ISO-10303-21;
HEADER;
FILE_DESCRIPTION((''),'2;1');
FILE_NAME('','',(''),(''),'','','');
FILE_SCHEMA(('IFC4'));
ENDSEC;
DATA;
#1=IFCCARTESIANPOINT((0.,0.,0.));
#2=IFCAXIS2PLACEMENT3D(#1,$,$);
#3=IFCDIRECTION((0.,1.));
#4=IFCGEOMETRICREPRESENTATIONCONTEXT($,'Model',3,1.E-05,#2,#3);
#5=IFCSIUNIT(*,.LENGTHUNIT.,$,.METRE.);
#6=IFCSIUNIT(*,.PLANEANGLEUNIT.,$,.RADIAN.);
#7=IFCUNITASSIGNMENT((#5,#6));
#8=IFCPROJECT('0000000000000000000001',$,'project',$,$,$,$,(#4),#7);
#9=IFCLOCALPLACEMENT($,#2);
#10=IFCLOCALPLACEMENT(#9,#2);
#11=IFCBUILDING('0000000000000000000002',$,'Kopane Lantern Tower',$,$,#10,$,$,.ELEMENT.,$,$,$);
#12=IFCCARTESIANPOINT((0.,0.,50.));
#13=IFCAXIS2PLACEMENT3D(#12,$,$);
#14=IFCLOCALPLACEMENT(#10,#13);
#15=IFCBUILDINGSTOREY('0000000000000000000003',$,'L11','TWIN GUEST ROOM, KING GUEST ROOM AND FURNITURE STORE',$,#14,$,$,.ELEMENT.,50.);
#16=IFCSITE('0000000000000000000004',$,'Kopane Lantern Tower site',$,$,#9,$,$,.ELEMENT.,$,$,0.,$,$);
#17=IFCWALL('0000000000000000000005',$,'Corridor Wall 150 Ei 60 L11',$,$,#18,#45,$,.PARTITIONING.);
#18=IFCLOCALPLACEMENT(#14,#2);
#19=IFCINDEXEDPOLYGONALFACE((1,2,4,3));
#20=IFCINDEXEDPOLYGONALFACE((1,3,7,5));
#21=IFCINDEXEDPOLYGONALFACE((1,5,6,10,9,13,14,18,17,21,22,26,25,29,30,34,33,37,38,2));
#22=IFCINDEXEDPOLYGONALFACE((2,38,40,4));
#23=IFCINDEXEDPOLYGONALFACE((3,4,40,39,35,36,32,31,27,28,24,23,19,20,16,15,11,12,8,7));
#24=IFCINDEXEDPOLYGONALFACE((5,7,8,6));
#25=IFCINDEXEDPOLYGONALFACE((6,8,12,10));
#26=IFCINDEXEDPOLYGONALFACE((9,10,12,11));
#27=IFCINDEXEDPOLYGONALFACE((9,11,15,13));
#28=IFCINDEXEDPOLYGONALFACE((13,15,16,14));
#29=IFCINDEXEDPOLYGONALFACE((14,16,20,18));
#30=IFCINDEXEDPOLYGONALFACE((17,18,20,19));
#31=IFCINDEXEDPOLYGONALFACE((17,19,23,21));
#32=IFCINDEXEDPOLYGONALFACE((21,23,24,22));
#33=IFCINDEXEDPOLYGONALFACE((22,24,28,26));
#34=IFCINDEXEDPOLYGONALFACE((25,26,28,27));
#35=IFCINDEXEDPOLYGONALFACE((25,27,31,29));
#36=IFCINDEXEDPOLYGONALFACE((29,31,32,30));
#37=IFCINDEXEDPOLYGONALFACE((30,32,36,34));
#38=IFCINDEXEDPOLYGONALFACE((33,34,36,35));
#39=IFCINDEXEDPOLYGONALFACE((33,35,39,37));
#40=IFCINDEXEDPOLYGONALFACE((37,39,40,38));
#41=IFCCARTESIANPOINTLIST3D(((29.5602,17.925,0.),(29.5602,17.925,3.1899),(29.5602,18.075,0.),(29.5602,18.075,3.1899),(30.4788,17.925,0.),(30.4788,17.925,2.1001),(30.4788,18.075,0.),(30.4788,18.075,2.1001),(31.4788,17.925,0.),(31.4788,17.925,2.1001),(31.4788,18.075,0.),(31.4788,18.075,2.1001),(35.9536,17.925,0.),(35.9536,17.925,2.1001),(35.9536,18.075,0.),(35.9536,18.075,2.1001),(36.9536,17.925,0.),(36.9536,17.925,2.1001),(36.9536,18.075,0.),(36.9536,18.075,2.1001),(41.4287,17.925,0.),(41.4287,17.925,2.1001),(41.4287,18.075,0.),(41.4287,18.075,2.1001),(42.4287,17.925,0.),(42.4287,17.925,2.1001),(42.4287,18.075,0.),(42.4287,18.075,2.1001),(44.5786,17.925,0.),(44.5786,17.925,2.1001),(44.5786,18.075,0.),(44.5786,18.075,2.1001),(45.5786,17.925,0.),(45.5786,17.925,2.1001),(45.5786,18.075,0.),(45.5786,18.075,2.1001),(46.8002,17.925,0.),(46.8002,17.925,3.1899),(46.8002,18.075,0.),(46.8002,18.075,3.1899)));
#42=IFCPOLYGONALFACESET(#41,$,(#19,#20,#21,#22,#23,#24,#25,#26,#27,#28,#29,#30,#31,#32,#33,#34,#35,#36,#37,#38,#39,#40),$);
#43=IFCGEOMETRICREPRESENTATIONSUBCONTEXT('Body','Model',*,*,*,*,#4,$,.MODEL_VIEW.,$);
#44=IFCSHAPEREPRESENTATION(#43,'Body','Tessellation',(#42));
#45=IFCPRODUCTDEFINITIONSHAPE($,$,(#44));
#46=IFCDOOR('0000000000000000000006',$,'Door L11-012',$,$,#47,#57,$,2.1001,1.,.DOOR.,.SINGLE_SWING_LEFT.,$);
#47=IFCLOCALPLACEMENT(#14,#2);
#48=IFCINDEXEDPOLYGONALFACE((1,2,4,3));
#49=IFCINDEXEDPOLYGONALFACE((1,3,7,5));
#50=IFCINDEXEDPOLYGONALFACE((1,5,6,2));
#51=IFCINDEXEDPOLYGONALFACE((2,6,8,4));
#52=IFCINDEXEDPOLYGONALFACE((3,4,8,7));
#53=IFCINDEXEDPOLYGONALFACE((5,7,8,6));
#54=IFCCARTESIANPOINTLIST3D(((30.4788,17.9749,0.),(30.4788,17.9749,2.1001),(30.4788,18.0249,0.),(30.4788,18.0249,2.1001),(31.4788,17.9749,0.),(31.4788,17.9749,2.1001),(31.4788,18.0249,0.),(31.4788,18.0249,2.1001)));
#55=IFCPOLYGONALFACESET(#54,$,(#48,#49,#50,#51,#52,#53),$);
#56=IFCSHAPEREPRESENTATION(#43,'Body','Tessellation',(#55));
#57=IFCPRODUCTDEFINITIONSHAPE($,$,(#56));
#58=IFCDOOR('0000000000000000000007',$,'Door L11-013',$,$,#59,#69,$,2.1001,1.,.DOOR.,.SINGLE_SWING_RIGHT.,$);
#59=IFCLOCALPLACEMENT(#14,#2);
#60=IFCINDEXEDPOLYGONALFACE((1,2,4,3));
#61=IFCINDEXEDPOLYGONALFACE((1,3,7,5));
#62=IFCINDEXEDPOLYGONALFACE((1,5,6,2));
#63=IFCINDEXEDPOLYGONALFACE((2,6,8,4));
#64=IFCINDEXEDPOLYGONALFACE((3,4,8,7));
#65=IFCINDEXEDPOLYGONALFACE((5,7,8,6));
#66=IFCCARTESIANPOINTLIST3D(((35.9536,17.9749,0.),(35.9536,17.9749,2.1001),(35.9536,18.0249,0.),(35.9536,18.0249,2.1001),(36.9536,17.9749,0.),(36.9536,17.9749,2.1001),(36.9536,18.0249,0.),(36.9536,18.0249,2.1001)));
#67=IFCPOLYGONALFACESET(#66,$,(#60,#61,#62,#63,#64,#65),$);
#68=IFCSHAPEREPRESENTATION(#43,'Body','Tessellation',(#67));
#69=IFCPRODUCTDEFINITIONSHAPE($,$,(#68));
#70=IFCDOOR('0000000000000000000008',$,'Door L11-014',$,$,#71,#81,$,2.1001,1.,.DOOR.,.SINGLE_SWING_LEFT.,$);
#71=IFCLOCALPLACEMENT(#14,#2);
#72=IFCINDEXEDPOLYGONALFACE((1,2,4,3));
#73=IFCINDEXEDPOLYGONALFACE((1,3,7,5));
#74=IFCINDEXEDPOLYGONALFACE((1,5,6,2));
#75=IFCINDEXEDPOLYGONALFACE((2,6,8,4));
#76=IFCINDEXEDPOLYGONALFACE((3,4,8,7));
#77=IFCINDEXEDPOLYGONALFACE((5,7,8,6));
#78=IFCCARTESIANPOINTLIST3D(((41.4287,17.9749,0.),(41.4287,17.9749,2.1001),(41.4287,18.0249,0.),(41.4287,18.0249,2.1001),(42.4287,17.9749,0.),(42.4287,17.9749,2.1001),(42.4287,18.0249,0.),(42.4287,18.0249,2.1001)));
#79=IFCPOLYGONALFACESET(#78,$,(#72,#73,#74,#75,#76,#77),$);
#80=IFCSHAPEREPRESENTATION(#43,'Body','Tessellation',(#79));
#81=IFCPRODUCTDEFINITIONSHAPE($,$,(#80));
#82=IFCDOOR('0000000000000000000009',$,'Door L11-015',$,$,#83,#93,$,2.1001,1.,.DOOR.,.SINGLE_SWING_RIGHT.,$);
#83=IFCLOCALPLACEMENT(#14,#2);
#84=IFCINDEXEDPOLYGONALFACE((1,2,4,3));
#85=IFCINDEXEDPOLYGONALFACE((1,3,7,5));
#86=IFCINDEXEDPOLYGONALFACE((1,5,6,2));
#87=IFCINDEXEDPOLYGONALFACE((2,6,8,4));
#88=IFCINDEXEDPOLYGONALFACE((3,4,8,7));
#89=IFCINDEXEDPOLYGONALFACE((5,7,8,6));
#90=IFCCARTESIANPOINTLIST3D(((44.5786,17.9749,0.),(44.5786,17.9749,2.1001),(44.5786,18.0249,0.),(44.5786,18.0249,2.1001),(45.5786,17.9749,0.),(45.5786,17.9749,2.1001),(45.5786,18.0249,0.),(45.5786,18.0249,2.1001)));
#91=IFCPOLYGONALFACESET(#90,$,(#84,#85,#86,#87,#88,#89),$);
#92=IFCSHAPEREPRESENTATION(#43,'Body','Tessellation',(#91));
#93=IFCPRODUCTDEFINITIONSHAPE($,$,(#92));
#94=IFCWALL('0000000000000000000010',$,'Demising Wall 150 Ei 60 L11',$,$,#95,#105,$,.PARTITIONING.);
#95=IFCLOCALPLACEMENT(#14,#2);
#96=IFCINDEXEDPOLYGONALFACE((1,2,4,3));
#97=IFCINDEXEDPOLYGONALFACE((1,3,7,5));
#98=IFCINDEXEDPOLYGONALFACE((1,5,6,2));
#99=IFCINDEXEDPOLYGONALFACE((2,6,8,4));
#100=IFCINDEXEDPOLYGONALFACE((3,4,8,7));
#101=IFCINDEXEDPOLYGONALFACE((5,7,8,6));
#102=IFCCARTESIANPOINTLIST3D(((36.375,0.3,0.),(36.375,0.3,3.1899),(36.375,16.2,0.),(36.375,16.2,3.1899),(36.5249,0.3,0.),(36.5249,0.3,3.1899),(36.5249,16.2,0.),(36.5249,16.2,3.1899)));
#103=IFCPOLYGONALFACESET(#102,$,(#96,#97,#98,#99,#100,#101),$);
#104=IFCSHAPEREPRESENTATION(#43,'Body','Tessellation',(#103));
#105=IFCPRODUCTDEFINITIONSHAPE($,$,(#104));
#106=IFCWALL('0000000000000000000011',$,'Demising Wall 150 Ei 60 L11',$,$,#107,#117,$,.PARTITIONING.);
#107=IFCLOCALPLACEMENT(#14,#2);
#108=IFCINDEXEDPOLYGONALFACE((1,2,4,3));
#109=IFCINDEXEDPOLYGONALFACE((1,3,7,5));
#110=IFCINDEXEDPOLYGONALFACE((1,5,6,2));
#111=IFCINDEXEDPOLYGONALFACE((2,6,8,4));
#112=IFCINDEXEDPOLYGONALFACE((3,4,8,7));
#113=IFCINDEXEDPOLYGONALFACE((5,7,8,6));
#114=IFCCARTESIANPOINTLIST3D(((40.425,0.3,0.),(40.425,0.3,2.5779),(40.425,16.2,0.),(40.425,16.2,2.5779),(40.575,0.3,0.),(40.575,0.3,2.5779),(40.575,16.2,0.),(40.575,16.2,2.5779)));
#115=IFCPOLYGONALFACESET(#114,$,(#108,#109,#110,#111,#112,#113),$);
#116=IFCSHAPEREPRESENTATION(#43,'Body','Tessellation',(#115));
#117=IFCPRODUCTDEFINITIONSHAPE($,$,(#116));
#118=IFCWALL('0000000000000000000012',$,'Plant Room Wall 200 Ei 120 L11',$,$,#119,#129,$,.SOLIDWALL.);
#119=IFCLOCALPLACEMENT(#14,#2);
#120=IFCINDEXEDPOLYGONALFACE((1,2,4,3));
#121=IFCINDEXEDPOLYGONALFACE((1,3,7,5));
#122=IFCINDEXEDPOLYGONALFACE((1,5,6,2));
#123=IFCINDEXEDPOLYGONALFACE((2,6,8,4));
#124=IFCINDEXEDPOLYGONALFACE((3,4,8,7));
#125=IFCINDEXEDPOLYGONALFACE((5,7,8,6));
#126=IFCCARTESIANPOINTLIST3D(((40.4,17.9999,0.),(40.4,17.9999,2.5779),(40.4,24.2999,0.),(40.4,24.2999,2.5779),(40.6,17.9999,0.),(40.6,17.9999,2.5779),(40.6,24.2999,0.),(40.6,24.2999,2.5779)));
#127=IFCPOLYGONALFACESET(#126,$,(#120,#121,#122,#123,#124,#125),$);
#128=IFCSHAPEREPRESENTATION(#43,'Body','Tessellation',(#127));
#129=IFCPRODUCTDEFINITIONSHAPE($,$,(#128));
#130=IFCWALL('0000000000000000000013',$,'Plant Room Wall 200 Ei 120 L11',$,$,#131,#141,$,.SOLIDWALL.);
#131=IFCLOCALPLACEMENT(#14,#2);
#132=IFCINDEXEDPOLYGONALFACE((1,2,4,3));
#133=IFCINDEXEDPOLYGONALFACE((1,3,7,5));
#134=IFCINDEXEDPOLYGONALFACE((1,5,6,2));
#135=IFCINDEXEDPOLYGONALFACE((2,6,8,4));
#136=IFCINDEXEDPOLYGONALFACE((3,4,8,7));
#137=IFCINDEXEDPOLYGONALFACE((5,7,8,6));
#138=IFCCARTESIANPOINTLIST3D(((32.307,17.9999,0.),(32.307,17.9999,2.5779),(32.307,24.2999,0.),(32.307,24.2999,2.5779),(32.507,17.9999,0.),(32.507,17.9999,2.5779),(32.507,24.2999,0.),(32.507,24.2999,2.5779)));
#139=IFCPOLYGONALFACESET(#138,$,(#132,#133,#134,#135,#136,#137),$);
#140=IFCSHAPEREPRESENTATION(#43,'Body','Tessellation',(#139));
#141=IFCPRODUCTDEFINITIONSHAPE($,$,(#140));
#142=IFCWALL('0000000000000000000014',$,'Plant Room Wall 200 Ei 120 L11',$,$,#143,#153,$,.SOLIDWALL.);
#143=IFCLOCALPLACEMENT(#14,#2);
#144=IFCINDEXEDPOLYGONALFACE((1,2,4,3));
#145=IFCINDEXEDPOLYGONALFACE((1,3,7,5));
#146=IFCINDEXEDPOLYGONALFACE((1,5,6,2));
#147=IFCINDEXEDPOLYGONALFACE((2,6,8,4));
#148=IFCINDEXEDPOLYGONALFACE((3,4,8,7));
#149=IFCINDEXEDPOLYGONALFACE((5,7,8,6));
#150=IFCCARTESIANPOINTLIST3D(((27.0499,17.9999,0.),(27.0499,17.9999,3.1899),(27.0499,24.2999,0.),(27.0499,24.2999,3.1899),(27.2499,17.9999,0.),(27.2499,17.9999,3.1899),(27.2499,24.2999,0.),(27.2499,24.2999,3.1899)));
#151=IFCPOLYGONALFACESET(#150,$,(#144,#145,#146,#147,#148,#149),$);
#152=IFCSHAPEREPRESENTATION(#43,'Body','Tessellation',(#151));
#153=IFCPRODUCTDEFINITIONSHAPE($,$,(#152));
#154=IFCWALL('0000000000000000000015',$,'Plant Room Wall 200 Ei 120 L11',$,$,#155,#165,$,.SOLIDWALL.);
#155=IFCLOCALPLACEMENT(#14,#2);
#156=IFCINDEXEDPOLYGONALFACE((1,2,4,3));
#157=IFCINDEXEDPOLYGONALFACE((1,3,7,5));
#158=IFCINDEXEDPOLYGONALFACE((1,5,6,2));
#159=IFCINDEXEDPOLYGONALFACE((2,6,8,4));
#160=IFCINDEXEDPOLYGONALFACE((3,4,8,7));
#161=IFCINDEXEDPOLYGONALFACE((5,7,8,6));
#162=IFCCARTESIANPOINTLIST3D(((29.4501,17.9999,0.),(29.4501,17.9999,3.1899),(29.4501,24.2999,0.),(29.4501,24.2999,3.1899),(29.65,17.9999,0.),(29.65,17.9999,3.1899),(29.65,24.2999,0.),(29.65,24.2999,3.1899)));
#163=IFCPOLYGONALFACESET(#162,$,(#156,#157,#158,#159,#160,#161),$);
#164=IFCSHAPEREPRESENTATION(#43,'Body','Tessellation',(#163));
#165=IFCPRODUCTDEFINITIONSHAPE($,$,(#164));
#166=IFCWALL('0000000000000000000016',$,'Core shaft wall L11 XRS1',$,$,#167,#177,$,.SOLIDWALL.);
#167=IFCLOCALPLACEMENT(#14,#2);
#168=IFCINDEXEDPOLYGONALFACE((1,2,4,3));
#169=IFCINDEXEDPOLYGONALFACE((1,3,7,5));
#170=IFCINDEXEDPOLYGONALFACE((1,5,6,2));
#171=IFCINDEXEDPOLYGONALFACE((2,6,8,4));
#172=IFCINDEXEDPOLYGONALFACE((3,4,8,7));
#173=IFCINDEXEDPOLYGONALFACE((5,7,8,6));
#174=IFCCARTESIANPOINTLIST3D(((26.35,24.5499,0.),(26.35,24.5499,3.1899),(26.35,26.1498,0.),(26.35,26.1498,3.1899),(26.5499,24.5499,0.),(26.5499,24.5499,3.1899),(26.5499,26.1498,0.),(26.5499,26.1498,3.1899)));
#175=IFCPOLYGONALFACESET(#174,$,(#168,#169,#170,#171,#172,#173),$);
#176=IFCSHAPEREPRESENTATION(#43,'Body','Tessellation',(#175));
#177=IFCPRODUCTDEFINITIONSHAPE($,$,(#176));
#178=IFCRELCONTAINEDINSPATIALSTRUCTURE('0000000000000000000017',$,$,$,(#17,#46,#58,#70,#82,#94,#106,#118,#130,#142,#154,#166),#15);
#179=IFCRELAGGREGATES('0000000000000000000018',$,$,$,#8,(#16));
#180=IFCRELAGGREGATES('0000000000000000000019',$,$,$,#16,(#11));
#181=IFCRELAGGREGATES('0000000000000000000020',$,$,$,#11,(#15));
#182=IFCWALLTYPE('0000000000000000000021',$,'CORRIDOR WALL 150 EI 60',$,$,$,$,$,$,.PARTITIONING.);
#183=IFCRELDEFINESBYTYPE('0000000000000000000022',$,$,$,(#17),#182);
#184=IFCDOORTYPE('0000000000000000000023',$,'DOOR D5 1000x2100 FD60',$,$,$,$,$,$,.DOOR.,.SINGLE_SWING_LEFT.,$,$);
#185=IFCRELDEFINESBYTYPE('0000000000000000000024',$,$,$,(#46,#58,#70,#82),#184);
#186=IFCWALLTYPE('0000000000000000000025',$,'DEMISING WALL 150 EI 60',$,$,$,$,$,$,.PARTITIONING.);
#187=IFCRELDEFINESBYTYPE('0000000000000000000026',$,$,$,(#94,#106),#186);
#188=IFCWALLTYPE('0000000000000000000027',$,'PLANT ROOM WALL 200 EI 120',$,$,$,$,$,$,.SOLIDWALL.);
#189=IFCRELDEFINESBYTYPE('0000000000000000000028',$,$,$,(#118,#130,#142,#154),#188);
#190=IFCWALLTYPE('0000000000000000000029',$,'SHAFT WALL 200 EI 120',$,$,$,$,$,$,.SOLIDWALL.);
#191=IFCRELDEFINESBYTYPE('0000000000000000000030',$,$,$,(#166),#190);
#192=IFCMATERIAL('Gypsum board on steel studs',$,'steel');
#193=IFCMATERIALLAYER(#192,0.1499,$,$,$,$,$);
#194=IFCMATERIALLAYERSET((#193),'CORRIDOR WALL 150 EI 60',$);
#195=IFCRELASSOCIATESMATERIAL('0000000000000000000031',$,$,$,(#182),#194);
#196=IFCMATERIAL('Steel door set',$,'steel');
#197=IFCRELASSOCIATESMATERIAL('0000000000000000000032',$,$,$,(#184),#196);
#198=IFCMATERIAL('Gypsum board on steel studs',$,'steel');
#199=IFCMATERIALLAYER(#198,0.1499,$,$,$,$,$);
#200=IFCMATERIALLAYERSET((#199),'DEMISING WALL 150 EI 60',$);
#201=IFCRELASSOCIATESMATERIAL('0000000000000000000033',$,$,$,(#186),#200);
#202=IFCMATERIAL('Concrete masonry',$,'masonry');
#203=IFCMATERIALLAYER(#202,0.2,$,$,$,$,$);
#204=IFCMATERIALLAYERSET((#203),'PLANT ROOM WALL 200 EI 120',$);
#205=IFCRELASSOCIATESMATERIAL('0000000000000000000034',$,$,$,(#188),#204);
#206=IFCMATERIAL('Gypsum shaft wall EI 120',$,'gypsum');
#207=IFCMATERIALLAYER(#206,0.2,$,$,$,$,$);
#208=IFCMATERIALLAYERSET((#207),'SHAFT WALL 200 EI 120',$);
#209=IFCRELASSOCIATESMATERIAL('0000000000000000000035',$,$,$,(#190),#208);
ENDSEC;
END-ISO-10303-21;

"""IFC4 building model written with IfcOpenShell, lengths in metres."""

from ifc_helpers import new_model, si_unit, direction, frame, frame_2d, origin, place, context, subcontext, project, spatial, rectangle, extrude, material, layer, layer_set, type_object, element, fill, save


model = new_model("IFC4")

# Units and contexts
model_context = context("Model", 3, precision=1e-05, world=origin(), true_north=direction((0.0, 1.0)))
body_context = subcontext(model_context, "Body", "Model", "MODEL_VIEW")
ifc_project = project(units=[si_unit("LENGTHUNIT", "METRE"), si_unit("PLANEANGLEUNIT", "RADIAN")], contexts=[model_context])

# Site, building, storey
site_placement = place(None, origin())
site = spatial("IfcSite", under=ifc_project, at=site_placement, Name="Kopane Lantern Tower site", CompositionType="ELEMENT", RefElevation=0.0)
building_placement = place(site_placement, origin())
building = spatial("IfcBuilding", under=site, at=building_placement, Name="Kopane Lantern Tower", CompositionType="ELEMENT")
storey_placement = place(building_placement, frame((0.0, 0.0, 50.0)))
storey = spatial("IfcBuildingStorey", under=building, at=storey_placement, Name="L11", Description="TWIN GUEST ROOM, KING GUEST ROOM AND FURNITURE STORE", CompositionType="ELEMENT", Elevation=50.0)

# Wall, openings, doors
ifc_material_1 = material(Name="Gypsum board on steel studs", Category="steel")
ifc_layer_1 = layer(ifc_material_1, 0.1499)
ifc_layer_set_1 = layer_set([ifc_layer_1], Name="CORRIDOR WALL 150 EI 60")
wall_type_1 = type_object("IfcWallType", Name="CORRIDOR WALL 150 EI 60", PredefinedType="PARTITIONING", material=ifc_layer_set_1)
wall_1_placement = place(storey_placement, frame((29.5601, 18.0, 0.0), z_axis=(0.0, 0.0, 1.0), x_axis=(1.0, 0.0, 0.0)))
wall_1 = element("IfcWall", 1, at=wall_1_placement, inside=storey, type_object=wall_type_1, Name="Corridor Wall 150 Ei 60 L11", PredefinedType="PARTITIONING", context=body_context, shape_type="SweptSolid", body=[
    extrude(rectangle(XDim=17.24, YDim=0.1499, at=frame_2d((8.6201, 0.0))), origin(), (0.0, 0.0, 1.0), 3.1899),
])
opening_1_placement = place(wall_1_placement, frame((0.9187, 0.0, 0.0)))
opening_1 = element("IfcOpeningElement", 2, at=opening_1_placement, cuts=wall_1, PredefinedType="OPENING", context=body_context, shape_type="SweptSolid", body=[
    extrude(rectangle(XDim=1.0, YDim=2.1001, at=frame_2d((0.5, 1.05))), frame((0.0, 0.085, 0.0), z_axis=(0.0, -1.0, 0.0), x_axis=(1.0, 0.0, 0.0)), (0.0, 0.0, 1.0), 0.1699),
])
opening_2_placement = place(wall_1_placement, frame((6.3936, 0.0, 0.0)))
opening_2 = element("IfcOpeningElement", 3, at=opening_2_placement, cuts=wall_1, PredefinedType="OPENING", context=body_context, shape_type="SweptSolid", body=[
    extrude(rectangle(XDim=1.0, YDim=2.1001, at=frame_2d((0.5, 1.05))), frame((0.0, 0.085, 0.0), z_axis=(0.0, -1.0, 0.0), x_axis=(1.0, 0.0, 0.0)), (0.0, 0.0, 1.0), 0.1699),
])
opening_3_placement = place(wall_1_placement, frame((11.8687, 0.0, 0.0)))
opening_3 = element("IfcOpeningElement", 4, at=opening_3_placement, cuts=wall_1, PredefinedType="OPENING", context=body_context, shape_type="SweptSolid", body=[
    extrude(rectangle(XDim=1.0, YDim=2.1001, at=frame_2d((0.5, 1.05))), frame((0.0, 0.085, 0.0), z_axis=(0.0, -1.0, 0.0), x_axis=(1.0, 0.0, 0.0)), (0.0, 0.0, 1.0), 0.1699),
])
opening_4_placement = place(wall_1_placement, frame((15.0186, 0.0, 0.0)))
opening_4 = element("IfcOpeningElement", 5, at=opening_4_placement, cuts=wall_1, PredefinedType="OPENING", context=body_context, shape_type="SweptSolid", body=[
    extrude(rectangle(XDim=1.0, YDim=2.1001, at=frame_2d((0.5, 1.05))), frame((0.0, 0.085, 0.0), z_axis=(0.0, -1.0, 0.0), x_axis=(1.0, 0.0, 0.0)), (0.0, 0.0, 1.0), 0.1699),
])
ifc_material_2 = material(Name="Steel door set", Category="steel")
door_type_1 = type_object("IfcDoorType", Name="DOOR D5 1000x2100 FD60", OperationType="SINGLE_SWING_LEFT", PredefinedType="DOOR", material=ifc_material_2)
door_1_placement = place(opening_1_placement, origin())
door_1 = element("IfcDoor", 6, at=door_1_placement, inside=storey, type_object=door_type_1, Name="Door L11-012", OperationType="SINGLE_SWING_LEFT", OverallHeight=2.1001, OverallWidth=1.0, PredefinedType="DOOR", context=body_context, shape_type="SweptSolid", body=[
    extrude(rectangle(XDim=1.0, YDim=2.1001, at=frame_2d((0.5, 1.05))), frame((0.0, 0.0249, 0.0), z_axis=(0.0, -1.0, 0.0), x_axis=(1.0, 0.0, 0.0)), (0.0, 0.0, 1.0), 0.05),
])
fill(opening_1, door_1)
door_2_placement = place(opening_2_placement, origin())
door_2 = element("IfcDoor", 7, at=door_2_placement, inside=storey, type_object=door_type_1, Name="Door L11-013", OperationType="SINGLE_SWING_RIGHT", OverallHeight=2.1001, OverallWidth=1.0, PredefinedType="DOOR", context=body_context, shape_type="SweptSolid", body=[
    extrude(rectangle(XDim=1.0, YDim=2.1001, at=frame_2d((0.5, 1.05))), frame((0.0, 0.0249, 0.0), z_axis=(0.0, -1.0, 0.0), x_axis=(1.0, 0.0, 0.0)), (0.0, 0.0, 1.0), 0.05),
])
fill(opening_2, door_2)
door_3_placement = place(opening_3_placement, origin())
door_3 = element("IfcDoor", 8, at=door_3_placement, inside=storey, type_object=door_type_1, Name="Door L11-014", OperationType="SINGLE_SWING_LEFT", OverallHeight=2.1001, OverallWidth=1.0, PredefinedType="DOOR", context=body_context, shape_type="SweptSolid", body=[
    extrude(rectangle(XDim=1.0, YDim=2.1001, at=frame_2d((0.5, 1.05))), frame((0.0, 0.0249, 0.0), z_axis=(0.0, -1.0, 0.0), x_axis=(1.0, 0.0, 0.0)), (0.0, 0.0, 1.0), 0.05),
])
fill(opening_3, door_3)
door_4_placement = place(opening_4_placement, origin())
door_4 = element("IfcDoor", 9, at=door_4_placement, inside=storey, type_object=door_type_1, Name="Door L11-015", OperationType="SINGLE_SWING_RIGHT", OverallHeight=2.1001, OverallWidth=1.0, PredefinedType="DOOR", context=body_context, shape_type="SweptSolid", body=[
    extrude(rectangle(XDim=1.0, YDim=2.1001, at=frame_2d((0.5, 1.05))), frame((0.0, 0.0249, 0.0), z_axis=(0.0, -1.0, 0.0), x_axis=(1.0, 0.0, 0.0)), (0.0, 0.0, 1.0), 0.05),
])
fill(opening_4, door_4)

# Walls
ifc_material_3 = material(Name="Gypsum board on steel studs", Category="steel")
ifc_layer_2 = layer(ifc_material_3, 0.1499)
ifc_layer_set_2 = layer_set([ifc_layer_2], Name="DEMISING WALL 150 EI 60")
wall_type_2 = type_object("IfcWallType", Name="DEMISING WALL 150 EI 60", PredefinedType="PARTITIONING", material=ifc_layer_set_2)
wall_2_placement = place(storey_placement, frame((36.45, 16.2, 0.0), z_axis=(0.0, 0.0, 1.0), x_axis=(0.0, -1.0, 0.0)))
element("IfcWall", 10, at=wall_2_placement, inside=storey, type_object=wall_type_2, Name="Demising Wall 150 Ei 60 L11", PredefinedType="PARTITIONING", context=body_context, shape_type="SweptSolid", body=[
    extrude(rectangle(XDim=15.8999, YDim=0.1499, at=frame_2d((7.95, 0.0))), origin(), (0.0, 0.0, 1.0), 3.1899),
])
wall_3_placement = place(storey_placement, frame((40.5, 16.2, 0.0), z_axis=(0.0, 0.0, 1.0), x_axis=(0.0, -1.0, 0.0)))
element("IfcWall", 11, at=wall_3_placement, inside=storey, type_object=wall_type_2, Name="Demising Wall 150 Ei 60 L11", PredefinedType="PARTITIONING", context=body_context, shape_type="SweptSolid", body=[
    extrude(rectangle(XDim=15.8999, YDim=0.1499, at=frame_2d((7.95, 0.0))), origin(), (0.0, 0.0, 1.0), 2.5779),
])
ifc_material_4 = material(Name="Concrete masonry", Category="masonry")
ifc_layer_3 = layer(ifc_material_4, 0.2)
ifc_layer_set_3 = layer_set([ifc_layer_3], Name="PLANT ROOM WALL 200 EI 120")
wall_type_3 = type_object("IfcWallType", Name="PLANT ROOM WALL 200 EI 120", PredefinedType="SOLIDWALL", material=ifc_layer_set_3)
for number, where, z_axis, x_axis, name in (
    (12, (40.5, 18.0, 0.0), (0.0, 0.0, 1.0), (0.0, 1.0, 0.0), "Plant Room Wall 200 Ei 120 L11"),
    (13, (32.407, 18.0, 0.0), (0.0, 0.0, 1.0), (0.0, 1.0, 0.0), "Plant Room Wall 200 Ei 120 L11"),
):
    element("IfcWall", number, at=place(storey_placement, frame(where, z_axis=z_axis, x_axis=x_axis)), inside=storey, type_object=wall_type_3, Name=name, PredefinedType="SOLIDWALL", context=body_context, shape_type="SweptSolid", body=[
        extrude(rectangle(XDim=6.3, YDim=0.2, at=frame_2d((3.1499, 0.0))), origin(), (0.0, 0.0, 1.0), 2.5779),
    ])
for number, where, z_axis, x_axis, name in (
    (14, (27.1499, 18.0, 0.0), (0.0, 0.0, 1.0), (0.0, 1.0, 0.0), "Plant Room Wall 200 Ei 120 L11"),
    (15, (29.55, 18.0, 0.0), (0.0, 0.0, 1.0), (0.0, 1.0, 0.0), "Plant Room Wall 200 Ei 120 L11"),
):
    element("IfcWall", number, at=place(storey_placement, frame(where, z_axis=z_axis, x_axis=x_axis)), inside=storey, type_object=wall_type_3, Name=name, PredefinedType="SOLIDWALL", context=body_context, shape_type="SweptSolid", body=[
        extrude(rectangle(XDim=6.3, YDim=0.2, at=frame_2d((3.1499, 0.0))), origin(), (0.0, 0.0, 1.0), 3.1899),
    ])
ifc_material_5 = material(Name="Gypsum shaft wall EI 120", Category="gypsum")
ifc_layer_4 = layer(ifc_material_5, 0.2)
ifc_layer_set_4 = layer_set([ifc_layer_4], Name="SHAFT WALL 200 EI 120")
wall_type_4 = type_object("IfcWallType", Name="SHAFT WALL 200 EI 120", PredefinedType="SOLIDWALL", material=ifc_layer_set_4)
wall_4_placement = place(storey_placement, frame((26.45, 24.55, 0.0), z_axis=(0.0, 0.0, 1.0), x_axis=(0.0, 1.0, 0.0)))
element("IfcWall", 16, at=wall_4_placement, inside=storey, type_object=wall_type_4, Name="Core shaft wall L11 XRS1", PredefinedType="SOLIDWALL", context=body_context, shape_type="SweptSolid", body=[
    extrude(rectangle(XDim=1.5999, YDim=0.2, at=frame_2d((0.7998, 0.0))), origin(), (0.0, 0.0, 1.0), 3.1899),
])

save(model, "model.ifc")
